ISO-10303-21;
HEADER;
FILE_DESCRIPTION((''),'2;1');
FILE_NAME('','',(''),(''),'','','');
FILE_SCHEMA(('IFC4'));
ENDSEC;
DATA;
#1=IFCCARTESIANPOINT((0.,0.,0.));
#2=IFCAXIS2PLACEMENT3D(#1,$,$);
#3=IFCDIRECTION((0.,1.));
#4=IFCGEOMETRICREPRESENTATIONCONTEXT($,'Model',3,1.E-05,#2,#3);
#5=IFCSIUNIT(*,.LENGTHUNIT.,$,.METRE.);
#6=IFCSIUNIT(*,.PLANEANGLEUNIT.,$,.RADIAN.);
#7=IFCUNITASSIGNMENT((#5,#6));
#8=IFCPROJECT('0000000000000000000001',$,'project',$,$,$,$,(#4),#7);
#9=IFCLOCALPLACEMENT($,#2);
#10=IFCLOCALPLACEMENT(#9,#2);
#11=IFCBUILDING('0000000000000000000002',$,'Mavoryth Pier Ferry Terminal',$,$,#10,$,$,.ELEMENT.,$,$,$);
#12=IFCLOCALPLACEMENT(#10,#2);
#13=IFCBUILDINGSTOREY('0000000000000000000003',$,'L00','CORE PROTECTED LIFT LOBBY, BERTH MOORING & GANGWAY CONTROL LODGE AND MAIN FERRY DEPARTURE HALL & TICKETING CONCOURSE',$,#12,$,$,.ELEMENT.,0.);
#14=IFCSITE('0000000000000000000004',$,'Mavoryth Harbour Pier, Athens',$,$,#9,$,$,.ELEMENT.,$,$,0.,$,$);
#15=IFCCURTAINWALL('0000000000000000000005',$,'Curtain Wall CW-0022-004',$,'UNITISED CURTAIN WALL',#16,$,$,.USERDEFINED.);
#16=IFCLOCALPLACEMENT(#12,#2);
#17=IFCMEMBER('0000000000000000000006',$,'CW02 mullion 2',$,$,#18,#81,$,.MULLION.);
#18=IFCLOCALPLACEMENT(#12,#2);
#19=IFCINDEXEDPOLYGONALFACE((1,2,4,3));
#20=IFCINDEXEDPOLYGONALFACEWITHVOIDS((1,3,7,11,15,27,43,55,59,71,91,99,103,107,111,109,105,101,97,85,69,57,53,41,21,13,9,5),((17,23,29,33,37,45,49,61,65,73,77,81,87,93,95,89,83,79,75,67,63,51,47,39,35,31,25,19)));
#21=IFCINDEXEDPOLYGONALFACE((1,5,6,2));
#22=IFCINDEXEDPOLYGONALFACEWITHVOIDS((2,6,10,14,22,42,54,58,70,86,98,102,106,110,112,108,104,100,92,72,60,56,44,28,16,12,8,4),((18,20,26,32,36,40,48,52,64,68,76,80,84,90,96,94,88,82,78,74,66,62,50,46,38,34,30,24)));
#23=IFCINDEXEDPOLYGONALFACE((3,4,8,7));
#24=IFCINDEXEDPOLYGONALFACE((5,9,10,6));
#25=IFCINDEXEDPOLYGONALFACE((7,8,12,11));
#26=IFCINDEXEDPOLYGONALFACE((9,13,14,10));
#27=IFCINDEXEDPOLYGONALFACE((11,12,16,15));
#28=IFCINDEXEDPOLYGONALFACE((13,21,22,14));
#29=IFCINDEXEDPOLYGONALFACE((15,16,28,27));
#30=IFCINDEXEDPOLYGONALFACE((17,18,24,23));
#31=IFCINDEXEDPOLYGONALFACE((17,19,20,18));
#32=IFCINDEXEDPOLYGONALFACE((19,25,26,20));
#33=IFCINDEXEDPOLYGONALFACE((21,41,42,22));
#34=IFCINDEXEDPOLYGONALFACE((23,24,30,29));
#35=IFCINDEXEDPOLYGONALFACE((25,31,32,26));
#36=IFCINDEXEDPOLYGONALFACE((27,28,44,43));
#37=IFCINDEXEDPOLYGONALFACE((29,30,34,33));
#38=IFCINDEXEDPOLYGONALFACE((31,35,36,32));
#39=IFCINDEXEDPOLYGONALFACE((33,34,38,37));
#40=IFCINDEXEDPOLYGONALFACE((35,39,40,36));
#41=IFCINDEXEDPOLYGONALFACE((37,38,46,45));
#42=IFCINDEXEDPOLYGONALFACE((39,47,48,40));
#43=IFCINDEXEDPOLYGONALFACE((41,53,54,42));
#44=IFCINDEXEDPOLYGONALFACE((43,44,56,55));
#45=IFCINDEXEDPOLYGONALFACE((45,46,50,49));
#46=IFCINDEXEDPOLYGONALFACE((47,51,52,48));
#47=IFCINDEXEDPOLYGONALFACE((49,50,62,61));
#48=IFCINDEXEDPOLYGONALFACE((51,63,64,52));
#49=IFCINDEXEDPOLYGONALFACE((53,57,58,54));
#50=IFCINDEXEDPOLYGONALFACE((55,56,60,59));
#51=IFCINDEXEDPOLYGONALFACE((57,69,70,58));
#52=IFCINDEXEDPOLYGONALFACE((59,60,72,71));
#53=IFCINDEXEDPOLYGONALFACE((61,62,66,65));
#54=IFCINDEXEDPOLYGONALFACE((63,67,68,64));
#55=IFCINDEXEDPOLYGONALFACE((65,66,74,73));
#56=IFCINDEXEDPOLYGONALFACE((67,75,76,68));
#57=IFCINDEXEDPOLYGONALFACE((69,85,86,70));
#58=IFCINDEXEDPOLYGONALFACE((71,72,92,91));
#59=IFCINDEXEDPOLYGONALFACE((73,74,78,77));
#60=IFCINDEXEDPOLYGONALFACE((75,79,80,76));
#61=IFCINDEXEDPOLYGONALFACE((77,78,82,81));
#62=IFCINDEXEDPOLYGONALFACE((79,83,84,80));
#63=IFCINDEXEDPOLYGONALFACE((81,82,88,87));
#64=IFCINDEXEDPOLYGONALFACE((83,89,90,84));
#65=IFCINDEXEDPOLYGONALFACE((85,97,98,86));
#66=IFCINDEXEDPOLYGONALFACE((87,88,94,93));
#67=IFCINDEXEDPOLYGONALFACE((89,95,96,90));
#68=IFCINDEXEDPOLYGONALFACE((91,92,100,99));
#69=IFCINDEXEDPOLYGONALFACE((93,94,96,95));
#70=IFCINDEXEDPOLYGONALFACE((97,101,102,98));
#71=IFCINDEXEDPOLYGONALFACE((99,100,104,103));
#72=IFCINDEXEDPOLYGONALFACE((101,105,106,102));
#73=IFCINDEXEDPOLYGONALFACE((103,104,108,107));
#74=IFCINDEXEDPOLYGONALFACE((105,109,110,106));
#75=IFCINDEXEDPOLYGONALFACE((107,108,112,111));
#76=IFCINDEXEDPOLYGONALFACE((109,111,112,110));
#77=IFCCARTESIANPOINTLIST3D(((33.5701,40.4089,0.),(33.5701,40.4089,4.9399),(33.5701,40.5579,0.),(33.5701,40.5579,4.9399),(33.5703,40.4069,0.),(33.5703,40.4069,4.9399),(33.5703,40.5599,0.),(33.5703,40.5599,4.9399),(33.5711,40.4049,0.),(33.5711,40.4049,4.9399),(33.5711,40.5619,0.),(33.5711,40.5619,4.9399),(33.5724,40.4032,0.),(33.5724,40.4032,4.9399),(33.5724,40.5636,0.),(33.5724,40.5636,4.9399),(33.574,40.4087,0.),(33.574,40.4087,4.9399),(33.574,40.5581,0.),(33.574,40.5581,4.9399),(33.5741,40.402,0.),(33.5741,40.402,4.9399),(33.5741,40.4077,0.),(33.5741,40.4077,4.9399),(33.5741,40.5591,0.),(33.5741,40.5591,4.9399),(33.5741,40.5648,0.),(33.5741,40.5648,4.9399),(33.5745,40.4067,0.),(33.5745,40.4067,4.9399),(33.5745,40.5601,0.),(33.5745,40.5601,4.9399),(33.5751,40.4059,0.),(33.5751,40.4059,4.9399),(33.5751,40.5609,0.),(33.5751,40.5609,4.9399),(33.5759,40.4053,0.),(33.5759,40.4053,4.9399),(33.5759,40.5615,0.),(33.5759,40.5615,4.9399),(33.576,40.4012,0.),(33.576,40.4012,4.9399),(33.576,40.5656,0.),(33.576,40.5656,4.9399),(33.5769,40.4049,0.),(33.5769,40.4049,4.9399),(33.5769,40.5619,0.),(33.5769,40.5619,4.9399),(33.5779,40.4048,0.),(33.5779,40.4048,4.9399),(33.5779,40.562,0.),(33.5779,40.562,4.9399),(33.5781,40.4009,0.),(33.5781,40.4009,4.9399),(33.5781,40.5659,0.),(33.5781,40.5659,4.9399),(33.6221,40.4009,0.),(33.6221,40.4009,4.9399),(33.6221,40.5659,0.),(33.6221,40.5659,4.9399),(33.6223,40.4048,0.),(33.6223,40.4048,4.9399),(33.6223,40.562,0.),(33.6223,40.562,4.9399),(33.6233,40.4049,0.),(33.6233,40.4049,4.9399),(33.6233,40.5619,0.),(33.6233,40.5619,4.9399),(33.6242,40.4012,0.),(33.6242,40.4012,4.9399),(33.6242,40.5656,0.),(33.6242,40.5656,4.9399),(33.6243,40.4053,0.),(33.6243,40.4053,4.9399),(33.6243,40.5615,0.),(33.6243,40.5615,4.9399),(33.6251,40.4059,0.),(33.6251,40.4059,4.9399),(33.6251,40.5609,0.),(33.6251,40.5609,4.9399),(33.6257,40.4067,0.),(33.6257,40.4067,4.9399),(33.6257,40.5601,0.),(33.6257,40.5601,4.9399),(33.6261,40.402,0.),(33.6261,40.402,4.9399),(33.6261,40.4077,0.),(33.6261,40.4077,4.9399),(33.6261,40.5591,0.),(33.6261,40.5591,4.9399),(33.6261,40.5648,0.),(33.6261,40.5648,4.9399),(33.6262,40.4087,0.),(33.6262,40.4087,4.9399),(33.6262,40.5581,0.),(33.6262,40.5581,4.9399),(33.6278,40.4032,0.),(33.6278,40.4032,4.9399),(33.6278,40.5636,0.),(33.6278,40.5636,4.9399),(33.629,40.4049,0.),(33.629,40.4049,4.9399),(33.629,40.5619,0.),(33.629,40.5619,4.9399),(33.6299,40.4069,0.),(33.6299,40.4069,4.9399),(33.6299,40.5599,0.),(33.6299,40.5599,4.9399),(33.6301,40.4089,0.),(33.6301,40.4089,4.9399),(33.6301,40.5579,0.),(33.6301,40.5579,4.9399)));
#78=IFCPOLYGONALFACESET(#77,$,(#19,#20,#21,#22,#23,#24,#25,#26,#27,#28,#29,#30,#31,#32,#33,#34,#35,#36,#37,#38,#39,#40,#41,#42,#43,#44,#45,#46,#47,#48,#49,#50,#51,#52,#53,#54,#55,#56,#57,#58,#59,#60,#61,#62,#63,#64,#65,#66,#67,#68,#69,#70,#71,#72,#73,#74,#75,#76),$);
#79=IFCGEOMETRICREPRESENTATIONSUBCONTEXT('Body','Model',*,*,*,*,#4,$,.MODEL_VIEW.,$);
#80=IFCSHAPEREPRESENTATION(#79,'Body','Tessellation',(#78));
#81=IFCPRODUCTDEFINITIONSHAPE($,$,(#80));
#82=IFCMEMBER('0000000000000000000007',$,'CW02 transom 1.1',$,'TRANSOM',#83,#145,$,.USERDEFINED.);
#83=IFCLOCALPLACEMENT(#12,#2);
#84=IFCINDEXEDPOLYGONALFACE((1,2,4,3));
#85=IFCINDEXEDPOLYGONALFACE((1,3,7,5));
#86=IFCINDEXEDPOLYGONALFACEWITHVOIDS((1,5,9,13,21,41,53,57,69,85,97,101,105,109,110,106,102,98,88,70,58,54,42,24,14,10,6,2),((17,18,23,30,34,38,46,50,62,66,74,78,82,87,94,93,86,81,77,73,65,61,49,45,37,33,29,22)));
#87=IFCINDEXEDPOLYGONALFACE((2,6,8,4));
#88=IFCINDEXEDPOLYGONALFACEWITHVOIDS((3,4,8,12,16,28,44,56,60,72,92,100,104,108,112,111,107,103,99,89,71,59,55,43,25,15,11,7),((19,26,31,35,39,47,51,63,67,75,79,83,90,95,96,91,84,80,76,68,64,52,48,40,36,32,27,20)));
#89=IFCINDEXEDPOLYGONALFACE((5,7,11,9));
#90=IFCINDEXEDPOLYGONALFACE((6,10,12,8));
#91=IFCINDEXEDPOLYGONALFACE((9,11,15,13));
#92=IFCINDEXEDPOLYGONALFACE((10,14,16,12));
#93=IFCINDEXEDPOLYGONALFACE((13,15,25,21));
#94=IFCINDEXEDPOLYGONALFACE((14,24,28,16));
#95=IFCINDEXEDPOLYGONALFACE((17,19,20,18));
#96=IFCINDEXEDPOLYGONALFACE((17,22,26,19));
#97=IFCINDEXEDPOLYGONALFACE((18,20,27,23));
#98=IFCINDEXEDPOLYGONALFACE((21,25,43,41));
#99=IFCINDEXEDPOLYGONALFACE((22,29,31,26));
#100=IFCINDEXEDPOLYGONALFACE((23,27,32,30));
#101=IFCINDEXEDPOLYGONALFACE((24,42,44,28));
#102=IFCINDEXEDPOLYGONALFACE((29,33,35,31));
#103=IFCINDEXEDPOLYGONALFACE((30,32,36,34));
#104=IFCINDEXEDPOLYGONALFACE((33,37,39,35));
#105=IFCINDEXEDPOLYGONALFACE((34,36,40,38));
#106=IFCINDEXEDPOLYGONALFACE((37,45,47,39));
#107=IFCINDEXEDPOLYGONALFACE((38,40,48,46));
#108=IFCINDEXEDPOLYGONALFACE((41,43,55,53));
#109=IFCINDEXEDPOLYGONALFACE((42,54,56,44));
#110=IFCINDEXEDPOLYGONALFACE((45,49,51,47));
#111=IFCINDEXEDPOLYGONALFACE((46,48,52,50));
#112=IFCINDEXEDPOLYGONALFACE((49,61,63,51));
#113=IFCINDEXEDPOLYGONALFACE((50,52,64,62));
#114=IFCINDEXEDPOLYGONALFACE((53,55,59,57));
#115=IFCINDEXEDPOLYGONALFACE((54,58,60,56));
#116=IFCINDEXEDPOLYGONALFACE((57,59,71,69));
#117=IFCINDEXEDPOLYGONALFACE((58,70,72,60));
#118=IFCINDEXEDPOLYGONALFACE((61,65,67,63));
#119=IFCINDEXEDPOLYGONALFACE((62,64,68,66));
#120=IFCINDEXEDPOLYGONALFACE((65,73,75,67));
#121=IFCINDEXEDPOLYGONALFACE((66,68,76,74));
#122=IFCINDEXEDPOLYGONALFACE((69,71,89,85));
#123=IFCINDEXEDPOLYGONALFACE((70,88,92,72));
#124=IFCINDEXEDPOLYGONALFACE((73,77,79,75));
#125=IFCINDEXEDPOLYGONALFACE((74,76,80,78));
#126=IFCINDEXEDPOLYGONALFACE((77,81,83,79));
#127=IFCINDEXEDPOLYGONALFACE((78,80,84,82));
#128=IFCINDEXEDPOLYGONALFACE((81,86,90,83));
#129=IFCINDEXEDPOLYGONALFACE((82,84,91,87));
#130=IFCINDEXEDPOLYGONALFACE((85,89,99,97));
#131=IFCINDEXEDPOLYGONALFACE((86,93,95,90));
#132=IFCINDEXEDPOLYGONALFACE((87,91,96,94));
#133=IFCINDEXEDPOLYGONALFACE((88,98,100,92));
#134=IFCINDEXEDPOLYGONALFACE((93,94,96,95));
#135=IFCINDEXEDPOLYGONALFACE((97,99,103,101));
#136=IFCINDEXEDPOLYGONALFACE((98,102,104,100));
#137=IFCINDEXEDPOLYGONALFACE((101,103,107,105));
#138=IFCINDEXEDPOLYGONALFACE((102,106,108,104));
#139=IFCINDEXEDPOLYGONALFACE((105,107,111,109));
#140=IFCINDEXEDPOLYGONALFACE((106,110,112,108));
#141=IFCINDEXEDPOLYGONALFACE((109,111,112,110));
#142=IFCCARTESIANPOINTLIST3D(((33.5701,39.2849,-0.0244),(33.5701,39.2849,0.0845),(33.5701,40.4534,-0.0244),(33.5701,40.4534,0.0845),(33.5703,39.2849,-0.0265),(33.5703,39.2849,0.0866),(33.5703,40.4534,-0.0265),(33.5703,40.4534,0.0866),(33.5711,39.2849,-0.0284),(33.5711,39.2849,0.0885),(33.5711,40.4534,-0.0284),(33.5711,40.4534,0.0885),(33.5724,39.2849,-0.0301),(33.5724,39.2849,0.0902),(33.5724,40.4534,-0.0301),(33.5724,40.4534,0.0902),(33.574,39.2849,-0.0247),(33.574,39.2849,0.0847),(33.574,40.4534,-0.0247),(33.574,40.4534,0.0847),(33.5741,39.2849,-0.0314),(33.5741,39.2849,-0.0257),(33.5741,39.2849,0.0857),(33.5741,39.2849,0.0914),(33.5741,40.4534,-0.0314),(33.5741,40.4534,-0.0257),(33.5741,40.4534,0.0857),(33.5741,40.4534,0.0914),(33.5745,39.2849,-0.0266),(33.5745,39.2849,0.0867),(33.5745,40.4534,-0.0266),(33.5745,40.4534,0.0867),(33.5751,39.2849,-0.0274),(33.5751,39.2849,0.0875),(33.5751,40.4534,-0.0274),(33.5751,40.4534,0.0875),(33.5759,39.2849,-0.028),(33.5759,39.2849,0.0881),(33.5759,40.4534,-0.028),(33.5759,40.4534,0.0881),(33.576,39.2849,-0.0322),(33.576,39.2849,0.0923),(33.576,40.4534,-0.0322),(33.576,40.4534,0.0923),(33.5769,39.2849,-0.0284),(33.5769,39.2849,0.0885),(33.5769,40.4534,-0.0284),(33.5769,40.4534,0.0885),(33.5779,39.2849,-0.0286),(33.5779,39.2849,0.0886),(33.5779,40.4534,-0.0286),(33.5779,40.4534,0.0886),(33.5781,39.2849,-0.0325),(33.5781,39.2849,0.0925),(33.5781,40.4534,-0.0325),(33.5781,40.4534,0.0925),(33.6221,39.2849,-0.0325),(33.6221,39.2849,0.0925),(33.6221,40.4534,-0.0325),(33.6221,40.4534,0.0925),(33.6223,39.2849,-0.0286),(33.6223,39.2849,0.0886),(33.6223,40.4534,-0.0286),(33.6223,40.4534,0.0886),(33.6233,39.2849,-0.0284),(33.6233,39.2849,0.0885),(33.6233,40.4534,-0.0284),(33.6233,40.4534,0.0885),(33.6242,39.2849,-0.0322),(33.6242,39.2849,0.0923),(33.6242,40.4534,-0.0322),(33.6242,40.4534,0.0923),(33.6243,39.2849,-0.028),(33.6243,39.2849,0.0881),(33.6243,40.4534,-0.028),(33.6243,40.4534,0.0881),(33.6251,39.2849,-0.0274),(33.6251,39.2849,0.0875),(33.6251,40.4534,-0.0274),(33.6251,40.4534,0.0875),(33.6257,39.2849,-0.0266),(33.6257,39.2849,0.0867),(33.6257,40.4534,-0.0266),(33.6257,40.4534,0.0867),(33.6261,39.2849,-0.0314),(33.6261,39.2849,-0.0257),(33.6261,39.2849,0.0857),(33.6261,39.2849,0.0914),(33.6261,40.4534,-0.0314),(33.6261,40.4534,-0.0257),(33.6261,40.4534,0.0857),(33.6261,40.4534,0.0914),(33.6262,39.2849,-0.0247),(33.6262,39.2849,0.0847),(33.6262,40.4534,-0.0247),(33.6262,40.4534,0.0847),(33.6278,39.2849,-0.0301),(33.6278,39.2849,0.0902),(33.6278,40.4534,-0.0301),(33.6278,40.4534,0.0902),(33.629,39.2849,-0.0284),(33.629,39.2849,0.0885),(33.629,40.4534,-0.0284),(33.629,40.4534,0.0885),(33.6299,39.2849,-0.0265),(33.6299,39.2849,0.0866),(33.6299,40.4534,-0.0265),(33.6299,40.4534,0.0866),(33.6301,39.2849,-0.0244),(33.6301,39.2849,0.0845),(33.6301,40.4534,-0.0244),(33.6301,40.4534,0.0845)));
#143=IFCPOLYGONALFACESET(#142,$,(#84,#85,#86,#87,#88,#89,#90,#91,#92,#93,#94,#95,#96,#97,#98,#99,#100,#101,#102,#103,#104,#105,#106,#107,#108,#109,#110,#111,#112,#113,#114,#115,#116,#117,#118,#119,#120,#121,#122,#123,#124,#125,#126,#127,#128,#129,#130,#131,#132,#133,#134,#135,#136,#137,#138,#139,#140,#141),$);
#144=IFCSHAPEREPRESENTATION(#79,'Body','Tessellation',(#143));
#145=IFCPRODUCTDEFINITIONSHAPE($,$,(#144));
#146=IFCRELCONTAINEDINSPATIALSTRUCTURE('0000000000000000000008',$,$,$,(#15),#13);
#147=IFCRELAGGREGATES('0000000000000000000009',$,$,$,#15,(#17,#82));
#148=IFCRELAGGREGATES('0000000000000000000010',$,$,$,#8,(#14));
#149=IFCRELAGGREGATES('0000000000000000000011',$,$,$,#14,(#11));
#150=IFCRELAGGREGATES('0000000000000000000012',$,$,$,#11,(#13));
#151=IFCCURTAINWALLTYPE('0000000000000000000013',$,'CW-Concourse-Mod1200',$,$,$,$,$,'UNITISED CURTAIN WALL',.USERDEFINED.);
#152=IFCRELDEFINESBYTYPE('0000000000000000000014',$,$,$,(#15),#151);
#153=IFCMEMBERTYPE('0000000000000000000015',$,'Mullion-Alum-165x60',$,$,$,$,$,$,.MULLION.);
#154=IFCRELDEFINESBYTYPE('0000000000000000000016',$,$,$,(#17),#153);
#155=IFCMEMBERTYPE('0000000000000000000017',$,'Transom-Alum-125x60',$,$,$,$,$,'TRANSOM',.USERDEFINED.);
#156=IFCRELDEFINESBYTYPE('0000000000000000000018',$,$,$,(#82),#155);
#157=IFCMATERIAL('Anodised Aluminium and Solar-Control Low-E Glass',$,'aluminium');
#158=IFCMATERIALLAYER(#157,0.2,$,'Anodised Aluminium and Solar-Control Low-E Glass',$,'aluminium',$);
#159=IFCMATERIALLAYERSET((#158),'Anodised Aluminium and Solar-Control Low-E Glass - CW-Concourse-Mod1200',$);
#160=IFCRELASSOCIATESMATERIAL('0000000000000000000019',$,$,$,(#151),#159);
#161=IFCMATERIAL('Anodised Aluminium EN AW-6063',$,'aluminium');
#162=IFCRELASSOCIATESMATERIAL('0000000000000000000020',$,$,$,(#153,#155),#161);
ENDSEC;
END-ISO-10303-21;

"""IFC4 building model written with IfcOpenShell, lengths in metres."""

from ifc_helpers import new_model, si_unit, direction, frame, origin, origin_2d, place, context, subcontext, project, spatial, hollow_rectangle, extrude, material, layer, layer_set, material_profile, profile_set, type_object, element, aggregate, save


model = new_model("IFC4")

# Units and contexts
model_context = context("Model", 3, precision=1e-05, world=origin(), true_north=direction((0.0, 1.0)))
body_context = subcontext(model_context, "Body", "Model", "MODEL_VIEW")
ifc_project = project(units=[si_unit("LENGTHUNIT", "METRE"), si_unit("PLANEANGLEUNIT", "RADIAN")], contexts=[model_context])

# Site, building, storey
site_placement = place(None, origin())
site = spatial("IfcSite", under=ifc_project, at=site_placement, Name="Mavoryth Harbour Pier, Athens", CompositionType="ELEMENT", RefElevation=0.0)
building_placement = place(site_placement, origin())
building = spatial("IfcBuilding", under=site, at=building_placement, Name="Mavoryth Pier Ferry Terminal", CompositionType="ELEMENT")
storey_placement = place(building_placement, origin())
storey = spatial("IfcBuildingStorey", under=building, at=storey_placement, Name="L00", Description="CORE PROTECTED LIFT LOBBY, BERTH MOORING & GANGWAY CONTROL LODGE AND MAIN FERRY DEPARTURE HALL & TICKETING CONCOURSE", CompositionType="ELEMENT", Elevation=0.0)

# Curtain wall, members
ifc_material_1 = material(Name="Anodised Aluminium and Solar-Control Low-E Glass", Category="aluminium")
ifc_layer_1 = layer(ifc_material_1, 0.2, Name="Anodised Aluminium and Solar-Control Low-E Glass", Category="aluminium")
ifc_layer_set_1 = layer_set([ifc_layer_1], Name="Anodised Aluminium and Solar-Control Low-E Glass - CW-Concourse-Mod1200")
curtain_wall_type = type_object("IfcCurtainWallType", Name="CW-Concourse-Mod1200", ElementType="UNITISED CURTAIN WALL", PredefinedType="USERDEFINED", material=ifc_layer_set_1)
curtain_wall_placement = place(storey_placement, origin())
curtain_wall = element("IfcCurtainWall", 1, at=curtain_wall_placement, inside=storey, type_object=curtain_wall_type, Name="Curtain Wall CW-0022-004", ObjectType="UNITISED CURTAIN WALL", PredefinedType="USERDEFINED")
ifc_material_2 = material(Name="Anodised Aluminium EN AW-6063", Category="aluminium")
ifc_material_profile_1 = material_profile(ifc_material_2, hollow_rectangle(XDim=0.0601, YDim=0.165, WallThickness=0.0039, InnerFilletRadius=0.0039, OuterFilletRadius=0.0081, at=origin_2d()), Name="AL-MULL 165x60x4", Category="aluminium")
ifc_profile_set_1 = profile_set([ifc_material_profile_1], Name="Anodised Aluminium EN AW-6063 - AL-MULL 165x60x4")
member_type_1 = type_object("IfcMemberType", Name="Mullion-Alum-165x60", PredefinedType="MULLION", material=ifc_profile_set_1)
member_1_placement = place(storey_placement, frame((33.6001, 40.4834, 0.0), z_axis=(0.0, 0.0, 1.0), x_axis=(-1.0, 0.0, 0.0)))
member_1 = element("IfcMember", 2, at=member_1_placement, type_object=member_type_1, Name="CW02 mullion 2", PredefinedType="MULLION", context=body_context, shape_type="SweptSolid", body=[
    extrude(hollow_rectangle(XDim=0.0601, YDim=0.165, WallThickness=0.0039, InnerFilletRadius=0.0039, OuterFilletRadius=0.0081, at=origin_2d()), origin(), (0.0, 0.0, 1.0), 4.9399),
])
ifc_material_profile_2 = material_profile(ifc_material_2, hollow_rectangle(XDim=0.0601, YDim=0.125, WallThickness=0.0039, InnerFilletRadius=0.0039, OuterFilletRadius=0.0081, at=origin_2d()), Name="AL-TRAN 125x60x4", Category="aluminium")
ifc_profile_set_2 = profile_set([ifc_material_profile_2], Name="Anodised Aluminium EN AW-6063 - AL-TRAN 125x60x4")
member_type_2 = type_object("IfcMemberType", Name="Transom-Alum-125x60", ElementType="TRANSOM", PredefinedType="USERDEFINED", material=ifc_profile_set_2)
member_2_placement = place(storey_placement, frame((33.6001, 39.2849, 0.03), z_axis=(0.0, 1.0, 0.0), x_axis=(-1.0, 0.0, 0.0)))
member_2 = element("IfcMember", 3, at=member_2_placement, type_object=member_type_2, Name="CW02 transom 1.1", ObjectType="TRANSOM", PredefinedType="USERDEFINED", context=body_context, shape_type="SweptSolid", body=[
    extrude(hollow_rectangle(XDim=0.0601, YDim=0.125, WallThickness=0.0039, InnerFilletRadius=0.0039, OuterFilletRadius=0.0081, at=origin_2d()), origin(), (0.0, 0.0, 1.0), 1.1685),
])
aggregate(curtain_wall, [member_1, member_2])

save(model, "model.ifc")
